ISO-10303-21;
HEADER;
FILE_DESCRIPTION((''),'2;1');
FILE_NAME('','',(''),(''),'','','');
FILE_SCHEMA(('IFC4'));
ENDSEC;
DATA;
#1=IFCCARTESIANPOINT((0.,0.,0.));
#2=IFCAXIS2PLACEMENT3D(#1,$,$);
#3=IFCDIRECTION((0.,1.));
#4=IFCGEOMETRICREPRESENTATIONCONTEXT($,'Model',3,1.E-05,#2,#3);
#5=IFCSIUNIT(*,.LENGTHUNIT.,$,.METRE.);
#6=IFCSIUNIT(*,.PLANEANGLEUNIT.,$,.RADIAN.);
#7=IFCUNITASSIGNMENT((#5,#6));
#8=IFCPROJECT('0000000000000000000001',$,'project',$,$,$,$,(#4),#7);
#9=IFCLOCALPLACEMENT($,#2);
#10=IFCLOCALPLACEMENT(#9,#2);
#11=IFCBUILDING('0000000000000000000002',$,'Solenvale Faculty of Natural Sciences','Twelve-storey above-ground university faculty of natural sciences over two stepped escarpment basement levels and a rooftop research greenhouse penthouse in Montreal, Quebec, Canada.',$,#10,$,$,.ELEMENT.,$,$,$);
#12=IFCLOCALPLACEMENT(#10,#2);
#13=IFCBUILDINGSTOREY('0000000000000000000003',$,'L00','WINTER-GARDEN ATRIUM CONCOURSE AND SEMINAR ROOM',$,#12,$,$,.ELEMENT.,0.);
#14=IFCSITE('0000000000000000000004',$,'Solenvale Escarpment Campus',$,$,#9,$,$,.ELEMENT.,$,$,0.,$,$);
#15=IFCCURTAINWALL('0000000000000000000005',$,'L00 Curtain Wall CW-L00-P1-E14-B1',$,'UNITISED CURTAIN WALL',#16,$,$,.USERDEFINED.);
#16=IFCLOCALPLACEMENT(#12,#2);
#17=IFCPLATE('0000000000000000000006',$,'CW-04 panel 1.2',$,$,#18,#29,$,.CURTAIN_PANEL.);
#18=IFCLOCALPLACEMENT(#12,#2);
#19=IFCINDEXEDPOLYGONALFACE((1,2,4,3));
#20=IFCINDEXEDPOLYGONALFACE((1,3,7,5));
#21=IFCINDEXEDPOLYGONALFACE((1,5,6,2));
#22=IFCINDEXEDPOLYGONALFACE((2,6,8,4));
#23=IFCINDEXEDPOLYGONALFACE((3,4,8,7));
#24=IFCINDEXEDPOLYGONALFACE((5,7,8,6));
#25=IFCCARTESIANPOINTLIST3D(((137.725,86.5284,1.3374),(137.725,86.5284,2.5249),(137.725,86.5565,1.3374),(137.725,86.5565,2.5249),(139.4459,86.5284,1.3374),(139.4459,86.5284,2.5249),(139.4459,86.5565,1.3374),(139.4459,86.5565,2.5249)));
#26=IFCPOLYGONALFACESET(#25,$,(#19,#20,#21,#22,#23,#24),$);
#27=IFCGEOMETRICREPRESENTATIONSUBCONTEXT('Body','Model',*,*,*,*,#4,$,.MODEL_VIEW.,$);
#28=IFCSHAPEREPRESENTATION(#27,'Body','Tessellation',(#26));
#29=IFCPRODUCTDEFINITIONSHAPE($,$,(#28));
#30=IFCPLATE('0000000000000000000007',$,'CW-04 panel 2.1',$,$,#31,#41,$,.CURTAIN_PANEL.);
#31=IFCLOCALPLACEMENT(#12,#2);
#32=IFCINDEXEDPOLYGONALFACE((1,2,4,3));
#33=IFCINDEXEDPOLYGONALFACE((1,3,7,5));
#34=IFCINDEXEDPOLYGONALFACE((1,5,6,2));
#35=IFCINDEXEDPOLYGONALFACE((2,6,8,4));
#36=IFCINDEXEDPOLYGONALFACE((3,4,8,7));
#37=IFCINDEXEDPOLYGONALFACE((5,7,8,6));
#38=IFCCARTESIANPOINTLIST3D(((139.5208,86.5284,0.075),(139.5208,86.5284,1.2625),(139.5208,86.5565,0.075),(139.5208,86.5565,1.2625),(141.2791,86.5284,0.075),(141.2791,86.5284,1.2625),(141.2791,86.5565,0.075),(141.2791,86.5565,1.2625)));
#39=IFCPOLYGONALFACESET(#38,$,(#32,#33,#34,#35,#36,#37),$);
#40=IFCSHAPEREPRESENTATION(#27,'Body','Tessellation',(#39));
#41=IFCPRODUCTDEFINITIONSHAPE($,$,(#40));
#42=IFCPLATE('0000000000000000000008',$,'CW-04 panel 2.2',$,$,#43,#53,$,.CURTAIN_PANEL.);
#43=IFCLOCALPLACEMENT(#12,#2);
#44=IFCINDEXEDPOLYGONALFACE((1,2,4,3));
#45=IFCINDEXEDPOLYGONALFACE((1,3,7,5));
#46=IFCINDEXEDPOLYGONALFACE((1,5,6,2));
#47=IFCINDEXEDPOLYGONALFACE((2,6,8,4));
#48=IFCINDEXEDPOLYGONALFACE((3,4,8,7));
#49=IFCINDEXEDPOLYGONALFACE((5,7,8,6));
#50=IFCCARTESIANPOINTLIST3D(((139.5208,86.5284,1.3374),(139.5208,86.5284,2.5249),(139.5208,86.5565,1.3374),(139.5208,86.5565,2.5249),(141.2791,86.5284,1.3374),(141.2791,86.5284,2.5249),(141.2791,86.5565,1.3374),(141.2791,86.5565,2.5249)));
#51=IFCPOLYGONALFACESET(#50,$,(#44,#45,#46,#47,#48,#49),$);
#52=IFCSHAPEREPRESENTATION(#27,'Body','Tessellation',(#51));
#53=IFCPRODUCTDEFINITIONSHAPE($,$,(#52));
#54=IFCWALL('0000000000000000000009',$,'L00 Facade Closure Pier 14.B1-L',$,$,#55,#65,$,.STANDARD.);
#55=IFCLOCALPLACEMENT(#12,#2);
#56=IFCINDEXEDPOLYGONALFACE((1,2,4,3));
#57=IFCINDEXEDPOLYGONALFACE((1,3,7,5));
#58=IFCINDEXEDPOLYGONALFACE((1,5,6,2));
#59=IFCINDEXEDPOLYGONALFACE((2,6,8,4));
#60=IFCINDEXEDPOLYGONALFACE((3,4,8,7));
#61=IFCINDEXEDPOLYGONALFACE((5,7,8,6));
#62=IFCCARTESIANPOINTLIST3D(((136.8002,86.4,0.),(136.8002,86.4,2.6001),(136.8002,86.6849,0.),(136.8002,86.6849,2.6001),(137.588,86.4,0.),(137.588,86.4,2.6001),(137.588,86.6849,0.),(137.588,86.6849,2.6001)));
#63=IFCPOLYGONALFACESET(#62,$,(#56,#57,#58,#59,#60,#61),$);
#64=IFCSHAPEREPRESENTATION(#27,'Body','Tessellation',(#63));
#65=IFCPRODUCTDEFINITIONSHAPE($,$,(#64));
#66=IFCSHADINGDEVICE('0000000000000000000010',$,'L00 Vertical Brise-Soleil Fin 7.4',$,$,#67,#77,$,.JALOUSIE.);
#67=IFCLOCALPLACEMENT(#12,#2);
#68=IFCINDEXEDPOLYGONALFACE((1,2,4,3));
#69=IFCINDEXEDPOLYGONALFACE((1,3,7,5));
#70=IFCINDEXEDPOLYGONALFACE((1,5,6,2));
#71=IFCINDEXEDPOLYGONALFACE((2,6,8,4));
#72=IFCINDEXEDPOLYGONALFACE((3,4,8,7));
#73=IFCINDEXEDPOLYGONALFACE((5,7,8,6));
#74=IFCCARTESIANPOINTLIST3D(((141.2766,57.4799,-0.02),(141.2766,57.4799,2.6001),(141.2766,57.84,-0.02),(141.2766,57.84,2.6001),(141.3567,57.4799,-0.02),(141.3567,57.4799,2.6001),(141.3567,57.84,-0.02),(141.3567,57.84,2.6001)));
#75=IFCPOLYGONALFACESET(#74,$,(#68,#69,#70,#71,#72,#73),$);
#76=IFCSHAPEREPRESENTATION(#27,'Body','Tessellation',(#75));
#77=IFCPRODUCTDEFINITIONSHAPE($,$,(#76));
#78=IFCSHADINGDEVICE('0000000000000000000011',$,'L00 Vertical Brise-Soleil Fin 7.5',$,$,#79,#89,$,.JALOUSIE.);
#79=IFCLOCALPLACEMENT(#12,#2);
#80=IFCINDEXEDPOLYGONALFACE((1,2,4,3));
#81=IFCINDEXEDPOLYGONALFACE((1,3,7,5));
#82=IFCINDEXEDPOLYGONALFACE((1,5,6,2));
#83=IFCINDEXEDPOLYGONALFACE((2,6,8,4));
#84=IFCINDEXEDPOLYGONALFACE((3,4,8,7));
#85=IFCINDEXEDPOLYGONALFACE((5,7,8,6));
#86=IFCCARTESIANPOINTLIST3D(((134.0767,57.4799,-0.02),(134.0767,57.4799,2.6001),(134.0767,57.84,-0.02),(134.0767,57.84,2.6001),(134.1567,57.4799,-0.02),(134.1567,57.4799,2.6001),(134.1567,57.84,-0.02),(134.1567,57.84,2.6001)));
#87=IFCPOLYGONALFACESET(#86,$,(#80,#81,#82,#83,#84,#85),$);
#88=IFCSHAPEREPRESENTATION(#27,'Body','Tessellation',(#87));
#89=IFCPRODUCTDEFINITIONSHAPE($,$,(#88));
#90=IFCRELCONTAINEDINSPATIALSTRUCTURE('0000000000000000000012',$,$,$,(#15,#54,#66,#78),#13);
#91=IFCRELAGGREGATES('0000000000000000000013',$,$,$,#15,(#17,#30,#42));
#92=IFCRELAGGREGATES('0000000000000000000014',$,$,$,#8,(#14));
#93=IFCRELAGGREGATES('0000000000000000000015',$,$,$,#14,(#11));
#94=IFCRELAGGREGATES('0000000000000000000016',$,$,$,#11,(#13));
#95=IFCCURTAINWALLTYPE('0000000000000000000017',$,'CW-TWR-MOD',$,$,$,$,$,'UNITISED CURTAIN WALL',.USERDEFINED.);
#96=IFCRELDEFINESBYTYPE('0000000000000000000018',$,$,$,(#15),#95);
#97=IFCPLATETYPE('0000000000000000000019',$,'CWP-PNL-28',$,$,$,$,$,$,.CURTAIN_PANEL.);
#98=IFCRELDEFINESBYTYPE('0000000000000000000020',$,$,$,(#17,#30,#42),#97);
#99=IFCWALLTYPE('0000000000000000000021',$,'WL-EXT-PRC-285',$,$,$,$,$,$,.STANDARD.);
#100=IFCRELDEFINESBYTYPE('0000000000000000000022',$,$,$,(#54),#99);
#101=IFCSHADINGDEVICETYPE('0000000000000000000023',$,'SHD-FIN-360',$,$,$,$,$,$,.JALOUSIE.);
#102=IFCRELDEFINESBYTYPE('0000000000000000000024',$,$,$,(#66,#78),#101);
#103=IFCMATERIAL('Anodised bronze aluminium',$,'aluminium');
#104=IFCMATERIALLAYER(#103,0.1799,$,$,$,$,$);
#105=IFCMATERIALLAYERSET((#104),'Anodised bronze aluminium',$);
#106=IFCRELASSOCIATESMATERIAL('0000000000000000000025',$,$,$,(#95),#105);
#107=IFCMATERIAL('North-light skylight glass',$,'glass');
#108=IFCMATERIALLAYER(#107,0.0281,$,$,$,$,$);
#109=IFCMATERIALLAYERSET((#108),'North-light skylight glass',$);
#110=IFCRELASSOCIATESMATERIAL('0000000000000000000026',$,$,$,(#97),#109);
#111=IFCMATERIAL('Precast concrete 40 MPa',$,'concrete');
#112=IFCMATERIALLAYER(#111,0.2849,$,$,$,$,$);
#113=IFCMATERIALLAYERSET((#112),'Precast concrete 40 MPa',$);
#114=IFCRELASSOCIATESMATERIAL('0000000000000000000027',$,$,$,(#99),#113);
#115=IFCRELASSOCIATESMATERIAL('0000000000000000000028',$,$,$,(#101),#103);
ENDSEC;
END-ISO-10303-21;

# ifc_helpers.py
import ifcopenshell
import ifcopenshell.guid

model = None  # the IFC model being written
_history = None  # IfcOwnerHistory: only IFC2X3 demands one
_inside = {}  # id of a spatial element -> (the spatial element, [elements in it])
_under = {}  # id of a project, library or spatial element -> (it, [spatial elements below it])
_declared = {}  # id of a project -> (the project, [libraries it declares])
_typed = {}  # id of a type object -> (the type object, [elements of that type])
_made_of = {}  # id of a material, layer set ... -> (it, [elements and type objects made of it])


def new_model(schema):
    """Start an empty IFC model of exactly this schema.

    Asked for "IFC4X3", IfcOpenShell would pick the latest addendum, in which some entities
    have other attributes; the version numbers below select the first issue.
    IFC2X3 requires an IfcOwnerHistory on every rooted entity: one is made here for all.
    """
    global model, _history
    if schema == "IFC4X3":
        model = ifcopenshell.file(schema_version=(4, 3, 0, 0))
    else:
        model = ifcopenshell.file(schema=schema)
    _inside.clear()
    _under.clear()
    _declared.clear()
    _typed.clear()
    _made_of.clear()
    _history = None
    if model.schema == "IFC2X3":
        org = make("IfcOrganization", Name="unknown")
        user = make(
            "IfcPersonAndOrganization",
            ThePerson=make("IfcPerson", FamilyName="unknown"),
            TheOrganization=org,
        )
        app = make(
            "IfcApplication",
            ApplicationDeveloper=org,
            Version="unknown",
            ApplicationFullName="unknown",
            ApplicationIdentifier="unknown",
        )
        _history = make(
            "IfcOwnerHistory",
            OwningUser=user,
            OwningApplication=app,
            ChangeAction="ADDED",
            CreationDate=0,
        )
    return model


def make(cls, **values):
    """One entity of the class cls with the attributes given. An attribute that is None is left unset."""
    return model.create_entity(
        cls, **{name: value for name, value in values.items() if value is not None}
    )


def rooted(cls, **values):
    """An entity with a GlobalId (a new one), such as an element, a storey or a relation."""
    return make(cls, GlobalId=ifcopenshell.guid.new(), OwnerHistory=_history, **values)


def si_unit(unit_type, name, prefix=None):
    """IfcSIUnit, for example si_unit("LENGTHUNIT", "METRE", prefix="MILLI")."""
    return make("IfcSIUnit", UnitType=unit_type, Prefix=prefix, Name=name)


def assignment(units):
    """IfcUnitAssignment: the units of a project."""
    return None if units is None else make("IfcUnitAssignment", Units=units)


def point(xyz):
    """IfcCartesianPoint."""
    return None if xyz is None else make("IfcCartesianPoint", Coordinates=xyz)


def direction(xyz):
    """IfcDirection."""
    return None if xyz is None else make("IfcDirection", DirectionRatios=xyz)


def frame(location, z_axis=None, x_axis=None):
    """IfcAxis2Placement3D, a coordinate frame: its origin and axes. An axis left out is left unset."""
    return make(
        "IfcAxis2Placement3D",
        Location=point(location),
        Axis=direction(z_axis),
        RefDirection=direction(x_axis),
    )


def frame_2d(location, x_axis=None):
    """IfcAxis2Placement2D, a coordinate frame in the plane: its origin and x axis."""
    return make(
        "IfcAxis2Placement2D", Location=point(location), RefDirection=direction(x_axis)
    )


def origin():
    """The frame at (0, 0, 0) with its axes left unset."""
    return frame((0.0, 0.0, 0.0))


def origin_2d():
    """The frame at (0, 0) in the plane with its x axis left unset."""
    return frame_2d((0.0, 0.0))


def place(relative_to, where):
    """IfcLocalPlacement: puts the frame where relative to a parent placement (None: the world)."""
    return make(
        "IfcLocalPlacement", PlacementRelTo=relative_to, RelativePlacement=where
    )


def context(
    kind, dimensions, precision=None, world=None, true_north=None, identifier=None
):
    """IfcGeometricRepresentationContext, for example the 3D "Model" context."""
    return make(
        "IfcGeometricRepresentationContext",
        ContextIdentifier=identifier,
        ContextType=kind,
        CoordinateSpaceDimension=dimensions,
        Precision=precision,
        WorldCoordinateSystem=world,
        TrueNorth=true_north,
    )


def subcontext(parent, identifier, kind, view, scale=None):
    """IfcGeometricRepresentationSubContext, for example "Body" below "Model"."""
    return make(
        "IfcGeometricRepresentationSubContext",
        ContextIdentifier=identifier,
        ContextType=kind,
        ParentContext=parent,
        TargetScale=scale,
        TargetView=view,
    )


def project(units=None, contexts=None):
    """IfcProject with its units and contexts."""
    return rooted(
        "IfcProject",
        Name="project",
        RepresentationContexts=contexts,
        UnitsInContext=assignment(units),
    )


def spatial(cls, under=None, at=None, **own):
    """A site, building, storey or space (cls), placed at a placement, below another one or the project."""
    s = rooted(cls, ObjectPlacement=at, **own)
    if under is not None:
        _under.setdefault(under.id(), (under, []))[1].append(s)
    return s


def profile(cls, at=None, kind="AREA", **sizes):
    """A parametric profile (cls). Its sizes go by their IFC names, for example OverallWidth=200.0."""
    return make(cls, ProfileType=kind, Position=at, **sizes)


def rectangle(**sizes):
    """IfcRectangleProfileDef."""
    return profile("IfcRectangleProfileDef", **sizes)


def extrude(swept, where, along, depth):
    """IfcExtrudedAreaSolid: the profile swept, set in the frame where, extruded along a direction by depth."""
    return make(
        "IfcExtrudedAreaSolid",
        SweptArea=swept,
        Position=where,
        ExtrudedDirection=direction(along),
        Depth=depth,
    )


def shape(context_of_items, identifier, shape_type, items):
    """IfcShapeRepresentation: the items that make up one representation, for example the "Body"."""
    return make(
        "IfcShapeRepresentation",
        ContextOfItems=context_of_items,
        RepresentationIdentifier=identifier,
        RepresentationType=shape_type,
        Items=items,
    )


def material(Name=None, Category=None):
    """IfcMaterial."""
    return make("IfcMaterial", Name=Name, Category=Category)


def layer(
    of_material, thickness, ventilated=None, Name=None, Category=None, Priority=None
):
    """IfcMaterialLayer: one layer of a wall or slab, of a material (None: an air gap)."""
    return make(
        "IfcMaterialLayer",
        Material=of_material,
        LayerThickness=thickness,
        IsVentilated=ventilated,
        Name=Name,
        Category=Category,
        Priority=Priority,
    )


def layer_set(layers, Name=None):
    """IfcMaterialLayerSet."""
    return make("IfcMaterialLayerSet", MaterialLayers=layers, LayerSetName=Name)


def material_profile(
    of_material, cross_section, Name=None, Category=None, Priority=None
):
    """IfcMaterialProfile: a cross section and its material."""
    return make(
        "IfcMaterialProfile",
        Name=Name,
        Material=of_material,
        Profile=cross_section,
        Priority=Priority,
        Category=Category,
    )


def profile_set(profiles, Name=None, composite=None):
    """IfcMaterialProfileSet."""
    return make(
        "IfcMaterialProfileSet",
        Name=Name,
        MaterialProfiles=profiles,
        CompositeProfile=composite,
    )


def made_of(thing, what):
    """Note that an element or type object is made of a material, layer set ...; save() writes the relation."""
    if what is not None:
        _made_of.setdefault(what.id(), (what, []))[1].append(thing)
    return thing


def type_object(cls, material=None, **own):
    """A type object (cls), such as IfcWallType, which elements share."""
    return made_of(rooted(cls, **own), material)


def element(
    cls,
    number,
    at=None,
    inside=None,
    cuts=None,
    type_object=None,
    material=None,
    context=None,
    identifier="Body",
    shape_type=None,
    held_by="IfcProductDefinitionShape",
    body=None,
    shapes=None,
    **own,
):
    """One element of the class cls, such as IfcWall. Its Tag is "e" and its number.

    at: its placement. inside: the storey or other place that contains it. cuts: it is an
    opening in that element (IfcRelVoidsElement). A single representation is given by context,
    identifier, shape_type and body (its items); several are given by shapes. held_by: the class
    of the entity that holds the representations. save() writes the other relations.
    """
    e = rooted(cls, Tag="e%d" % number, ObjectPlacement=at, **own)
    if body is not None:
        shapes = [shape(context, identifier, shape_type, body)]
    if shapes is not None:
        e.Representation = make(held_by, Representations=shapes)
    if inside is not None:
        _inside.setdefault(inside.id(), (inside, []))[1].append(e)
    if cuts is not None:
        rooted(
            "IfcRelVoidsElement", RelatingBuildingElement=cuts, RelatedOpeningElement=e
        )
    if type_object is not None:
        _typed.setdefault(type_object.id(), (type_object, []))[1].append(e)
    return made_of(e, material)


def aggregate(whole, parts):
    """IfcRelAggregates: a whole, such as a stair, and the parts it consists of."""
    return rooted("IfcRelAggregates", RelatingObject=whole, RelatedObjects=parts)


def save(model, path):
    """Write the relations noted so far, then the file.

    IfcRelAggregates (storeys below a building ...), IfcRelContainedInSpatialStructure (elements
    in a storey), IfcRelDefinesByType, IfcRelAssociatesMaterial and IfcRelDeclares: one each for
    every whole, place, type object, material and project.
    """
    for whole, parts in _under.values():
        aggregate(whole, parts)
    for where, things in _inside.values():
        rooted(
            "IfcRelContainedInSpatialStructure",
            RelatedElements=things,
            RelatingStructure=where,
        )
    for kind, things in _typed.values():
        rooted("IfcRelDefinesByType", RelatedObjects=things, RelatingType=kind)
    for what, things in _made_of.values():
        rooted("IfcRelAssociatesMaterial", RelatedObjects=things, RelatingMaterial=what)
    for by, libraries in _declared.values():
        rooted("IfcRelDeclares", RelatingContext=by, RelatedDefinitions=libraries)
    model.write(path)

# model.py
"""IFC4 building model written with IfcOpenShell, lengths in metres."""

from ifc_helpers import new_model, si_unit, direction, frame, frame_2d, origin, origin_2d, place, context, subcontext, project, spatial, rectangle, extrude, material, layer, layer_set, material_profile, profile_set, type_object, element, aggregate, save


model = new_model("IFC4")

# Units and contexts
model_context = context("Model", 3, precision=1e-05, world=origin(), true_north=direction((0.0, 1.0)))
body_context = subcontext(model_context, "Body", "Model", "MODEL_VIEW")
ifc_project = project(units=[si_unit("LENGTHUNIT", "METRE"), si_unit("PLANEANGLEUNIT", "RADIAN")], contexts=[model_context])

# Site, building, storey
site_placement = place(None, origin())
site = spatial("IfcSite", under=ifc_project, at=site_placement, Name="Solenvale Escarpment Campus", CompositionType="ELEMENT", RefElevation=0.0)
building_placement = place(site_placement, origin())
building = spatial("IfcBuilding", under=site, at=building_placement, Name="Solenvale Faculty of Natural Sciences", Description="Twelve-storey above-ground university faculty of natural sciences over two stepped escarpment basement levels and a rooftop research greenhouse penthouse in Montreal, Quebec, Canada.", CompositionType="ELEMENT")
storey_placement = place(building_placement, origin())
storey = spatial("IfcBuildingStorey", under=building, at=storey_placement, Name="L00", Description="WINTER-GARDEN ATRIUM CONCOURSE AND SEMINAR ROOM", CompositionType="ELEMENT", Elevation=0.0)

# Curtain wall, plates
ifc_material_1 = material(Name="Anodised bronze aluminium", Category="aluminium")
ifc_layer_1 = layer(ifc_material_1, 0.1799)
ifc_layer_set_1 = layer_set([ifc_layer_1], Name="Anodised bronze aluminium")
curtain_wall_type = type_object("IfcCurtainWallType", Name="CW-TWR-MOD", ElementType="UNITISED CURTAIN WALL", PredefinedType="USERDEFINED", material=ifc_layer_set_1)
curtain_wall_placement = place(storey_placement, origin())
curtain_wall = element("IfcCurtainWall", 1, at=curtain_wall_placement, inside=storey, type_object=curtain_wall_type, Name="L00 Curtain Wall CW-L00-P1-E14-B1", ObjectType="UNITISED CURTAIN WALL", PredefinedType="USERDEFINED")
ifc_material_2 = material(Name="North-light skylight glass", Category="glass")
ifc_layer_2 = layer(ifc_material_2, 0.0281)
ifc_layer_set_2 = layer_set([ifc_layer_2], Name="North-light skylight glass")
plate_type = type_object("IfcPlateType", Name="CWP-PNL-28", PredefinedType="CURTAIN_PANEL", material=ifc_layer_set_2)
plate_1_placement = place(storey_placement, frame((138.5854, 86.5425, 1.3374), z_axis=(0.0, 0.0, 1.0), x_axis=(1.0, 0.0, 0.0)))
plate_1 = element("IfcPlate", 2, at=plate_1_placement, type_object=plate_type, Name="CW-04 panel 1.2", PredefinedType="CURTAIN_PANEL", context=body_context, shape_type="SweptSolid", body=[
    extrude(rectangle(XDim=1.7209, YDim=0.0281, at=origin_2d()), origin(), (0.0, 0.0, 1.0), 1.1875),
])
plate_2_placement = place(storey_placement, frame((140.3999, 86.5425, 0.075), z_axis=(0.0, 0.0, 1.0), x_axis=(1.0, 0.0, 0.0)))
plate_2 = element("IfcPlate", 3, at=plate_2_placement, type_object=plate_type, Name="CW-04 panel 2.1", PredefinedType="CURTAIN_PANEL", context=body_context, shape_type="SweptSolid", body=[
    extrude(rectangle(XDim=1.7583, YDim=0.0281, at=origin_2d()), origin(), (0.0, 0.0, 1.0), 1.1875),
])
plate_3_placement = place(storey_placement, frame((140.3999, 86.5425, 1.3374), z_axis=(0.0, 0.0, 1.0), x_axis=(1.0, 0.0, 0.0)))
plate_3 = element("IfcPlate", 4, at=plate_3_placement, type_object=plate_type, Name="CW-04 panel 2.2", PredefinedType="CURTAIN_PANEL", context=body_context, shape_type="SweptSolid", body=[
    extrude(rectangle(XDim=1.7583, YDim=0.0281, at=origin_2d()), origin(), (0.0, 0.0, 1.0), 1.1875),
])
aggregate(curtain_wall, [plate_1, plate_2, plate_3])

# Wall
ifc_material_3 = material(Name="Precast concrete 40 MPa", Category="concrete")
ifc_layer_3 = layer(ifc_material_3, 0.2849)
ifc_layer_set_3 = layer_set([ifc_layer_3], Name="Precast concrete 40 MPa")
wall_type = type_object("IfcWallType", Name="WL-EXT-PRC-285", PredefinedType="STANDARD", material=ifc_layer_set_3)
wall_placement = place(storey_placement, frame((136.8, 86.5425, 0.0), z_axis=(0.0, 0.0, 1.0), x_axis=(1.0, 0.0, 0.0)))
element("IfcWall", 5, at=wall_placement, inside=storey, type_object=wall_type, Name="L00 Facade Closure Pier 14.B1-L", PredefinedType="STANDARD", context=body_context, shape_type="SweptSolid", body=[
    extrude(rectangle(XDim=0.7878, YDim=0.2849, at=frame_2d((0.394, 0.0))), origin(), (0.0, 0.0, 1.0), 2.6001),
])

# Shading devices
ifc_material_profile_1 = material_profile(ifc_material_1, rectangle(XDim=0.0801, YDim=0.3601, at=origin_2d()), Name="ALU-FIN-80x360")
ifc_profile_set_1 = profile_set([ifc_material_profile_1], Name="Anodised bronze aluminium")
shading_device_type = type_object("IfcShadingDeviceType", Name="SHD-FIN-360", PredefinedType="JALOUSIE", material=ifc_profile_set_1)
for number, where, z_axis, x_axis, name in (
    (6, (141.3167, 57.6599, -0.02), (0.0, 0.0, 1.0), (1.0, 0.0, 0.0), "L00 Vertical Brise-Soleil Fin 7.4"),
    (7, (134.1167, 57.6599, -0.02), (0.0, 0.0, 1.0), (1.0, 0.0, 0.0), "L00 Vertical Brise-Soleil Fin 7.5"),
):
    element("IfcShadingDevice", number, at=place(storey_placement, frame(where, z_axis=z_axis, x_axis=x_axis)), inside=storey, type_object=shading_device_type, Name=name, PredefinedType="JALOUSIE", context=body_context, shape_type="SweptSolid", body=[
        extrude(rectangle(XDim=0.0801, YDim=0.3601, at=origin_2d()), origin(), (0.0, 0.0, 1.0), 2.6201),
    ])

save(model, "model.ifc")
